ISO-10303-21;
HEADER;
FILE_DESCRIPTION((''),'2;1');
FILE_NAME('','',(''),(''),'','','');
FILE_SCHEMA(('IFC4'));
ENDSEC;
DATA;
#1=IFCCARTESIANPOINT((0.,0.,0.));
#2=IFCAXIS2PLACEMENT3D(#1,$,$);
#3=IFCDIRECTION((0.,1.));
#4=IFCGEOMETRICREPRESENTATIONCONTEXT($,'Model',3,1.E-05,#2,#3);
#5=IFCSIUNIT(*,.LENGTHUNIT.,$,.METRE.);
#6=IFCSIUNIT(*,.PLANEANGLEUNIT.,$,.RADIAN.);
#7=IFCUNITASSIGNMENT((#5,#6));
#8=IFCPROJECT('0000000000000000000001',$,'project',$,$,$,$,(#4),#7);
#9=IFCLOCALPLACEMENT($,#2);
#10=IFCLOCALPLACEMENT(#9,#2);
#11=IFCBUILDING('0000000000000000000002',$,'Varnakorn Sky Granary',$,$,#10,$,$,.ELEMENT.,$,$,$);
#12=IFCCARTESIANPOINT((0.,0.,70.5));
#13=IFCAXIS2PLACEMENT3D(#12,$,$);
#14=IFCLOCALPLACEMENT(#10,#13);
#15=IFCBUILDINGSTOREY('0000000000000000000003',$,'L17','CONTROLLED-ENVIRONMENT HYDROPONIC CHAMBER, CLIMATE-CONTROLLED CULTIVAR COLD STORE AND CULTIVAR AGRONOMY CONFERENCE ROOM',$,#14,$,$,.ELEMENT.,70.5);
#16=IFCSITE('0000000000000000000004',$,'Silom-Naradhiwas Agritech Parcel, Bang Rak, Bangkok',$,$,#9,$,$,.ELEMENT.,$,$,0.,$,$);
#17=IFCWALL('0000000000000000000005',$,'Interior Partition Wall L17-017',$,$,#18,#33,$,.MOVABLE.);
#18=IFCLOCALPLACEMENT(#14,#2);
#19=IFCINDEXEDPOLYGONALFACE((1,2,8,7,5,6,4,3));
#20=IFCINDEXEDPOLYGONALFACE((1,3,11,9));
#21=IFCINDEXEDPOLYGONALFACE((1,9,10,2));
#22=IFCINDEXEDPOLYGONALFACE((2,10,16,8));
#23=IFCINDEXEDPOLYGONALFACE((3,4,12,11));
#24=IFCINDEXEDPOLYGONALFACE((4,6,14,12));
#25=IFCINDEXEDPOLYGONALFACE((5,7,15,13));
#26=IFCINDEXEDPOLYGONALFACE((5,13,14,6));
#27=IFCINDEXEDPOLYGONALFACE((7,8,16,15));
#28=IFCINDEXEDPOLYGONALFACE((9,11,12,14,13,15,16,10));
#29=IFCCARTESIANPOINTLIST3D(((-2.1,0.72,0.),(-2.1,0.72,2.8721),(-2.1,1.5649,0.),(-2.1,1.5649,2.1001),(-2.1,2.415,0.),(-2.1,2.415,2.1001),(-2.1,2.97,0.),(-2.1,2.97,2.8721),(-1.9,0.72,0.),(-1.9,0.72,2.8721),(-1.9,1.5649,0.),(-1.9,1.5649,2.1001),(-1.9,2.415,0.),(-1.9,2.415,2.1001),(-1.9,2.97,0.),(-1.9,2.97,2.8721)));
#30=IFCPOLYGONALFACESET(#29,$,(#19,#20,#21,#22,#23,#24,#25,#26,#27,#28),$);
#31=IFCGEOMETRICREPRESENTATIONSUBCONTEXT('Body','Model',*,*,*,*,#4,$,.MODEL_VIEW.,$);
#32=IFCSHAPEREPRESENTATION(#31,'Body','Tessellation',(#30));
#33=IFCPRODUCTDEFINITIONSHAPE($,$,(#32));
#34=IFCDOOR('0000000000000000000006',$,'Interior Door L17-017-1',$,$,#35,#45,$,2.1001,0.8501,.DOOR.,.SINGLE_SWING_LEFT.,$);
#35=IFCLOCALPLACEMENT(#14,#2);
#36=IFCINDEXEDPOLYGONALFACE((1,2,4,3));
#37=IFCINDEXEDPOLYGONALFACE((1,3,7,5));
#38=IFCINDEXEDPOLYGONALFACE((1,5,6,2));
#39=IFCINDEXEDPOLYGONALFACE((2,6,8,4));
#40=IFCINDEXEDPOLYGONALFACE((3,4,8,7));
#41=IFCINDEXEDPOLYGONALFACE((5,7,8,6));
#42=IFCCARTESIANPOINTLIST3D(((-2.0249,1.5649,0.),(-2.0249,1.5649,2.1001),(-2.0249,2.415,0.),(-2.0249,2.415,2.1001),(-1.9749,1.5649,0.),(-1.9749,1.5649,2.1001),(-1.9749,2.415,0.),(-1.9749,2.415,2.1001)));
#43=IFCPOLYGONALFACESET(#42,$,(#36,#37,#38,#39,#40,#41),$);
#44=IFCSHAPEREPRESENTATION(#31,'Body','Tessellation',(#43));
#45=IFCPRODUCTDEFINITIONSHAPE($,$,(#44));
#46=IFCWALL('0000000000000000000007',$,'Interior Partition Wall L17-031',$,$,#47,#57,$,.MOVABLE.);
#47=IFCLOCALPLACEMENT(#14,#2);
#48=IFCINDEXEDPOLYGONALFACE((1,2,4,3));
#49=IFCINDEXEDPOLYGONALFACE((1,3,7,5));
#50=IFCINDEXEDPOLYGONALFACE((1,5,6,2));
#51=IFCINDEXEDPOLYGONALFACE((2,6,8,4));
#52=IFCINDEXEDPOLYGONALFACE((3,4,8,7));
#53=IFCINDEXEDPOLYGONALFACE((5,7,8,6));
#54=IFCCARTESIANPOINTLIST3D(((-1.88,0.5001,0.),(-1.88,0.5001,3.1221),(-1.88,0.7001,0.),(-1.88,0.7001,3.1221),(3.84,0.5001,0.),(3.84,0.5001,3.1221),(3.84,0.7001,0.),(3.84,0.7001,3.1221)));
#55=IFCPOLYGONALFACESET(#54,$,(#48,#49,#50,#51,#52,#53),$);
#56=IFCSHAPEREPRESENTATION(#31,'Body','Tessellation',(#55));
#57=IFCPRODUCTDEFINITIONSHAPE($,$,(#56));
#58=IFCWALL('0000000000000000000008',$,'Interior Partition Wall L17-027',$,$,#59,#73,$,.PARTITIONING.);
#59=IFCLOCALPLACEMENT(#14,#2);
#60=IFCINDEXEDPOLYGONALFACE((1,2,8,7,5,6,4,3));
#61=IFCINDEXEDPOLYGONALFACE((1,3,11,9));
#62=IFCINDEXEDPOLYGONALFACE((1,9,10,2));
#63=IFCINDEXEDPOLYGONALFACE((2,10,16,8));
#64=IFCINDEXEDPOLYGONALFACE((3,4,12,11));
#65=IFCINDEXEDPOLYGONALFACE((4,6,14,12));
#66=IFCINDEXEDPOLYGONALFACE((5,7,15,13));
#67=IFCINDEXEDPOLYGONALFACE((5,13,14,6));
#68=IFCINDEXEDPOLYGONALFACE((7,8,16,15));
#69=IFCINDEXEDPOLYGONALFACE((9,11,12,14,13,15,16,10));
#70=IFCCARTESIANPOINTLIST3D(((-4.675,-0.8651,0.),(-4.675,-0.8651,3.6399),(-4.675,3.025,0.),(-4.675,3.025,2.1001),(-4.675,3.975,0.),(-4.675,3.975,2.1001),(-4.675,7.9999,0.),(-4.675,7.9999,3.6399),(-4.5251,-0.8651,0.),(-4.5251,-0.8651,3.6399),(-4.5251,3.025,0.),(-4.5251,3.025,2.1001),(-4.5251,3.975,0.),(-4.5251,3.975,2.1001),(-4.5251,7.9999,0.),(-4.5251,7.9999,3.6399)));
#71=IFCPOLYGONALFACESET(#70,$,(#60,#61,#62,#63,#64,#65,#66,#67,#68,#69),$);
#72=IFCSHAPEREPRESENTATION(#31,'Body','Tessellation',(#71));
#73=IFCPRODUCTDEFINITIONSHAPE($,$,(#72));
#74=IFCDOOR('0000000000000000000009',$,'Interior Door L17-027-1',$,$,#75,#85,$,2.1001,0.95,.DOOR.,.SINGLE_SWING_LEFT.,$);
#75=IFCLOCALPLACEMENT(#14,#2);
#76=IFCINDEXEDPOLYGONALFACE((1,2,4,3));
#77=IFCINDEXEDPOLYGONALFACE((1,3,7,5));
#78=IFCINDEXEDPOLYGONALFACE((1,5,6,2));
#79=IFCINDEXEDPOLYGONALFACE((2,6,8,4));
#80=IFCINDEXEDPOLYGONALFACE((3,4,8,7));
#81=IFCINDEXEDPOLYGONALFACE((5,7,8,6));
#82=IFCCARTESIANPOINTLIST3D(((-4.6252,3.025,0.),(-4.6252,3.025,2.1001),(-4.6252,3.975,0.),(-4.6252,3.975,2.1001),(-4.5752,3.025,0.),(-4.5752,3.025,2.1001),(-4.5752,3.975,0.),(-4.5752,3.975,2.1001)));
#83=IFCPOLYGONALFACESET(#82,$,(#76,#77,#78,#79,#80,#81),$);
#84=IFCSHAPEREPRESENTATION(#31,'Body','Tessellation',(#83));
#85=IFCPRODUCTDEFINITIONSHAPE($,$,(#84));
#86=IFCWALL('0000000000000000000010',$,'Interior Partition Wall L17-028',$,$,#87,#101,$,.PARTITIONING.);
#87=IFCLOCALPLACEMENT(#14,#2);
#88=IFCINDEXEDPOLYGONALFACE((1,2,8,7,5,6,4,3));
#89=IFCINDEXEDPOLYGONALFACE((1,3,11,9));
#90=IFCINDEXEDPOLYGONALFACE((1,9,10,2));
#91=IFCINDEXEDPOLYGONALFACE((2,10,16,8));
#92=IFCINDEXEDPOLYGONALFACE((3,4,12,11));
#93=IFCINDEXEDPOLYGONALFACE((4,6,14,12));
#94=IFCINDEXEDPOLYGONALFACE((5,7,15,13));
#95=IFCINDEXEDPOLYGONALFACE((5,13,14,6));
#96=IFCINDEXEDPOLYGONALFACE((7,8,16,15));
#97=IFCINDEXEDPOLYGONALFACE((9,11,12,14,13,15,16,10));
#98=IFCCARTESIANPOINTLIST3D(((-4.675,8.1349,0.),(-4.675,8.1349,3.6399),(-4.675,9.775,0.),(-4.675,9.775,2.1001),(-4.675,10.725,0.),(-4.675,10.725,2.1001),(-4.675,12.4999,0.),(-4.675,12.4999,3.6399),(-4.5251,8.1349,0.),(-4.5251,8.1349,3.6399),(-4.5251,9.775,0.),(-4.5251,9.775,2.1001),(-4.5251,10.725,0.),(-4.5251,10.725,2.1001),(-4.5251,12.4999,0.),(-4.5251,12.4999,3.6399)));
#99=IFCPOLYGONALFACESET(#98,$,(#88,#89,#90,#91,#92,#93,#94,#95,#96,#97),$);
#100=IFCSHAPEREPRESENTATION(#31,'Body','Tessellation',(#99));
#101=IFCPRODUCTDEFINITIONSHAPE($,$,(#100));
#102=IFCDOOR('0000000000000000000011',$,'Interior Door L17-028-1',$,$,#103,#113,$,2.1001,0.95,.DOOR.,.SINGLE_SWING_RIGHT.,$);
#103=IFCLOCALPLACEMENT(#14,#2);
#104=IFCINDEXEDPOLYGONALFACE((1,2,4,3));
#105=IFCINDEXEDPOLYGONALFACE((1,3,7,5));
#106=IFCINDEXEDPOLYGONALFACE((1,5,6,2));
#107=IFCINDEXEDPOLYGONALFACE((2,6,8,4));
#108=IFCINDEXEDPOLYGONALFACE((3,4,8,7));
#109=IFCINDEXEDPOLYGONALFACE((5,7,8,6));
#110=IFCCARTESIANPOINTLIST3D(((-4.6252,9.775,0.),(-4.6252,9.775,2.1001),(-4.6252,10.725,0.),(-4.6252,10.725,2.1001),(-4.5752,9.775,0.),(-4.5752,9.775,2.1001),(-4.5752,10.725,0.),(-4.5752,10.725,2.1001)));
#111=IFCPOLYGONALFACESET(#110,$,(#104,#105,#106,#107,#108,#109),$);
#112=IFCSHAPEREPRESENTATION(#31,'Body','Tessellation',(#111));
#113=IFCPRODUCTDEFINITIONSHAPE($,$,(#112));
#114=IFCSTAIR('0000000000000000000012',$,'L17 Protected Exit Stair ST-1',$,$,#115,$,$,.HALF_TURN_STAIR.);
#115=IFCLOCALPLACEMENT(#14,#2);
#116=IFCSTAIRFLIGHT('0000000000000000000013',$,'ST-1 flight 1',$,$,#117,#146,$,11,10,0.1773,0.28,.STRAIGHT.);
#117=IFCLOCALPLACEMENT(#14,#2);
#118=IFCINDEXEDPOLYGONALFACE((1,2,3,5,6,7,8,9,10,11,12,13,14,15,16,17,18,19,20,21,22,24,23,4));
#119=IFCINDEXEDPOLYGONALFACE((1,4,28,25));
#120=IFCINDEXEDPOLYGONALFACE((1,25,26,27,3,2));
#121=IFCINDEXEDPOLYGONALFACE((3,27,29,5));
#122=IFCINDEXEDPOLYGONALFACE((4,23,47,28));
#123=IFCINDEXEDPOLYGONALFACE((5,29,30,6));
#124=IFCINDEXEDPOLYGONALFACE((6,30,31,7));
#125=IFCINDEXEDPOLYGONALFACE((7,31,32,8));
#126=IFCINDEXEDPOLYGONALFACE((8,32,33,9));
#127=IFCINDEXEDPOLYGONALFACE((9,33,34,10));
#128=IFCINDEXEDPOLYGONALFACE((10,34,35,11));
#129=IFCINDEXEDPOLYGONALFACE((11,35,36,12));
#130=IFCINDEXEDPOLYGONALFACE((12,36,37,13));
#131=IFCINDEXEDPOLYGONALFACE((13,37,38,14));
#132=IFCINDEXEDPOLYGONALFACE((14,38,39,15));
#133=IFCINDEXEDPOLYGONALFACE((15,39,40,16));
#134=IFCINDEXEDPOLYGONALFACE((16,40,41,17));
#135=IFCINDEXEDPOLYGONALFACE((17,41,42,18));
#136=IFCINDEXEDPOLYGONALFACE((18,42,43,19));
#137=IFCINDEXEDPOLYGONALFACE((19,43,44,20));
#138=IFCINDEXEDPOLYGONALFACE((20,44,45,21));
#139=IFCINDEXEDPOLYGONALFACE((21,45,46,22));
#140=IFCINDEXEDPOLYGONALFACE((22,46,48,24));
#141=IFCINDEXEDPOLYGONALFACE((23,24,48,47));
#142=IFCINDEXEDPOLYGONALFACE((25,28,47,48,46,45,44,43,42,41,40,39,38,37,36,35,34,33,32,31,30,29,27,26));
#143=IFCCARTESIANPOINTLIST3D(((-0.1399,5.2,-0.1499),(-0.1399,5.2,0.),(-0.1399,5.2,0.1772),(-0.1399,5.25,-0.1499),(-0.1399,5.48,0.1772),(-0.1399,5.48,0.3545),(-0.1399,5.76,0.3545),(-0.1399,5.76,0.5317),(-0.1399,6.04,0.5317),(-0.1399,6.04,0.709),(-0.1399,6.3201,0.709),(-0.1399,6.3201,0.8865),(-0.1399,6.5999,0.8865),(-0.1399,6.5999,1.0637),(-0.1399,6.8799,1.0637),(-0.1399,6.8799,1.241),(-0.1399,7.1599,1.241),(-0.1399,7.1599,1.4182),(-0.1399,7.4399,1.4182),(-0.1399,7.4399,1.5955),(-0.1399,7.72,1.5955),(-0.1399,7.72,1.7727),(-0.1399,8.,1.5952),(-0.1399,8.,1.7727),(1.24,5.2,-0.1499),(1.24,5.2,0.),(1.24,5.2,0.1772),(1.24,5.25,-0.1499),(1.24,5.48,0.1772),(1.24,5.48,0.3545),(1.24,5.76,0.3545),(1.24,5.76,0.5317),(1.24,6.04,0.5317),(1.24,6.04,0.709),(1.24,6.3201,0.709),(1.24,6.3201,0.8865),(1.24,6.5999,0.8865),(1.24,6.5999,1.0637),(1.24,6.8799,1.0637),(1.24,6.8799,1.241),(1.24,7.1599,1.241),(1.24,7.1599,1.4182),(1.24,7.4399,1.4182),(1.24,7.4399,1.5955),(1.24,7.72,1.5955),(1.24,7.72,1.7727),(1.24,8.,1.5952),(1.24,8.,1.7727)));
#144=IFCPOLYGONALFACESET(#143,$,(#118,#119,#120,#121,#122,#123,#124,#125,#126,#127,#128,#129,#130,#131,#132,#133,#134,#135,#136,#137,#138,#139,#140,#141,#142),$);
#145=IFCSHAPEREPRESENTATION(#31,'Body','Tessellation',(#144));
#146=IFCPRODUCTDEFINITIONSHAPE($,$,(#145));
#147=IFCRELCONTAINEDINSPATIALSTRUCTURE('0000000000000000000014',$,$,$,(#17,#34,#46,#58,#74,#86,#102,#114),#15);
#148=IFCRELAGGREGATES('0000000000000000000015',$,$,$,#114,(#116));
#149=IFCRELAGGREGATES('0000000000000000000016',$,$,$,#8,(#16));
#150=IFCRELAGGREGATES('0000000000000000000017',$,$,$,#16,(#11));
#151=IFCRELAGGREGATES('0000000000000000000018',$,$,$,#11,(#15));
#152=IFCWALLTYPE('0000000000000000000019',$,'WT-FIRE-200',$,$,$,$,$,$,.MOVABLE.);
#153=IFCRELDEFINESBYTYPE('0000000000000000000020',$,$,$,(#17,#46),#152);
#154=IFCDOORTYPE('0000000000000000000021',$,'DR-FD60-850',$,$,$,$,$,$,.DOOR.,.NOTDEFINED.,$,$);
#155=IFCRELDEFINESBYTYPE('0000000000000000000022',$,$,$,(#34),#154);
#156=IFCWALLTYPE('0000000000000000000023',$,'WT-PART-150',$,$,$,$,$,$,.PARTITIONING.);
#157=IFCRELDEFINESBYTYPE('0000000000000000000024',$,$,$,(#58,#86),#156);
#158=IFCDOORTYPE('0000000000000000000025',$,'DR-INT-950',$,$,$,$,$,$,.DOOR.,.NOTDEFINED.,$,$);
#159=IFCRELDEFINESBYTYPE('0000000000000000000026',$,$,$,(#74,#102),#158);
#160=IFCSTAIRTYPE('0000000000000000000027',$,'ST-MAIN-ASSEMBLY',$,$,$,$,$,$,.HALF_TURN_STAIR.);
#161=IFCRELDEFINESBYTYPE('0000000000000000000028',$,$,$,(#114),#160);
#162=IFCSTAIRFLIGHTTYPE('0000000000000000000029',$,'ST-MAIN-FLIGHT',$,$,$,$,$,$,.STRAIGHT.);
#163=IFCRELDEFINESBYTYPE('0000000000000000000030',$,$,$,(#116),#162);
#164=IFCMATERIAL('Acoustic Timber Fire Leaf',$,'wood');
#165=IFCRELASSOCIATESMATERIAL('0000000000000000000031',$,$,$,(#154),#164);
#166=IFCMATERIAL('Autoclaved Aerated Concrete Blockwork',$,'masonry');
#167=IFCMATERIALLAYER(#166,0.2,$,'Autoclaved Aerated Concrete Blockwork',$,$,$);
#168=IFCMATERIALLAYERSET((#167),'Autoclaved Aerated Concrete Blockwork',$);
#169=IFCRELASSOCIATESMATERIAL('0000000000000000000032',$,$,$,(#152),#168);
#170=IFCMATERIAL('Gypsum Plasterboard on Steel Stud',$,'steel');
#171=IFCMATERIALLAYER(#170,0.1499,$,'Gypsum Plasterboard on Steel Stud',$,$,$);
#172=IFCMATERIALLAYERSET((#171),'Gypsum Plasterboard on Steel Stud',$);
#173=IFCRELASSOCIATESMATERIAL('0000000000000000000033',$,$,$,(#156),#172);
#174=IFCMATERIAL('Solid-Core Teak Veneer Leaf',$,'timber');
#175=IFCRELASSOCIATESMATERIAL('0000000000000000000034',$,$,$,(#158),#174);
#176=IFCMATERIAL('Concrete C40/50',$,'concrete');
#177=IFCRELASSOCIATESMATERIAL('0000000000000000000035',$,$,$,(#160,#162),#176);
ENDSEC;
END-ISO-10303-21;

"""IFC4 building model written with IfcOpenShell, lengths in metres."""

from ifc_helpers import new_model, si_unit, direction, frame, frame_2d, origin, place, context, subcontext, project, spatial, polyline, rectangle, outline, extrude, material, layer, layer_set, type_object, element, fill, aggregate, save


model = new_model("IFC4")

# Units and contexts
model_context = context("Model", 3, precision=1e-05, world=origin(), true_north=direction((0.0, 1.0)))
body_context = subcontext(model_context, "Body", "Model", "MODEL_VIEW")
ifc_project = project(units=[si_unit("LENGTHUNIT", "METRE"), si_unit("PLANEANGLEUNIT", "RADIAN")], contexts=[model_context])

# Site, building, storey
site_placement = place(None, origin())
site = spatial("IfcSite", under=ifc_project, at=site_placement, Name="Silom-Naradhiwas Agritech Parcel, Bang Rak, Bangkok", CompositionType="ELEMENT", RefElevation=0.0)
building_placement = place(site_placement, origin())
building = spatial("IfcBuilding", under=site, at=building_placement, Name="Varnakorn Sky Granary", CompositionType="ELEMENT")
storey_placement = place(building_placement, frame((0.0, 0.0, 70.5)))
storey = spatial("IfcBuildingStorey", under=building, at=storey_placement, Name="L17", Description="CONTROLLED-ENVIRONMENT HYDROPONIC CHAMBER, CLIMATE-CONTROLLED CULTIVAR COLD STORE AND CULTIVAR AGRONOMY CONFERENCE ROOM", CompositionType="ELEMENT", Elevation=70.5)

# Shared definitions
ifc_material_1 = material(Name="Acoustic Timber Fire Leaf", Category="wood")
door_type_1 = type_object("IfcDoorType", Name="DR-FD60-850", OperationType="NOTDEFINED", PredefinedType="DOOR", material=ifc_material_1)

# Wall, opening, door
ifc_material_2 = material(Name="Autoclaved Aerated Concrete Blockwork", Category="masonry")
ifc_layer_1 = layer(ifc_material_2, 0.2, Name="Autoclaved Aerated Concrete Blockwork")
ifc_layer_set_1 = layer_set([ifc_layer_1], Name="Autoclaved Aerated Concrete Blockwork")
wall_type_1 = type_object("IfcWallType", Name="WT-FIRE-200", PredefinedType="MOVABLE", material=ifc_layer_set_1)
wall_1_placement = place(storey_placement, frame((-2.0, 0.72, 0.0), z_axis=(0.0, 0.0, 1.0), x_axis=(0.0, 1.0, 0.0)))
wall_1 = element("IfcWall", 1, at=wall_1_placement, inside=storey, type_object=wall_type_1, Name="Interior Partition Wall L17-017", PredefinedType="MOVABLE", context=body_context, shape_type="SweptSolid", body=[
    extrude(rectangle(XDim=2.25, YDim=0.2, at=frame_2d((1.125, 0.0))), origin(), (0.0, 0.0, 1.0), 2.8721),
])
opening_1_placement = place(wall_1_placement, frame((0.845, 0.0, 0.0)))
opening_1 = element("IfcOpeningElement", 2, at=opening_1_placement, cuts=wall_1, PredefinedType="OPENING", context=body_context, shape_type="SweptSolid", body=[
    extrude(rectangle(XDim=0.8501, YDim=2.1001, at=frame_2d((0.425, 1.05))), frame((0.0, 0.1099, 0.0), z_axis=(0.0, -1.0, 0.0), x_axis=(1.0, 0.0, 0.0)), (0.0, 0.0, 1.0), 0.22),
])
door_1_placement = place(opening_1_placement, origin())
door_1 = element("IfcDoor", 3, at=door_1_placement, inside=storey, type_object=door_type_1, Name="Interior Door L17-017-1", OperationType="SINGLE_SWING_LEFT", OverallHeight=2.1001, OverallWidth=0.8501, PredefinedType="DOOR", context=body_context, shape_type="SweptSolid", body=[
    extrude(rectangle(XDim=0.8501, YDim=2.1001, at=frame_2d((0.425, 1.05))), frame((0.0, 0.0249, 0.0), z_axis=(0.0, -1.0, 0.0), x_axis=(1.0, 0.0, 0.0)), (0.0, 0.0, 1.0), 0.05),
])
fill(opening_1, door_1)

# Wall
wall_2_placement = place(storey_placement, frame((-1.8799, 0.6001, 0.0), z_axis=(0.0, 0.0, 1.0), x_axis=(1.0, 0.0, 0.0)))
element("IfcWall", 4, at=wall_2_placement, inside=storey, type_object=wall_type_1, Name="Interior Partition Wall L17-031", PredefinedType="MOVABLE", context=body_context, shape_type="SweptSolid", body=[
    extrude(rectangle(XDim=5.72, YDim=0.2, at=frame_2d((2.8599, 0.0))), origin(), (0.0, 0.0, 1.0), 3.1221),
])

# Walls, openings, doors
ifc_material_3 = material(Name="Gypsum Plasterboard on Steel Stud", Category="steel")
ifc_layer_2 = layer(ifc_material_3, 0.1499, Name="Gypsum Plasterboard on Steel Stud")
ifc_layer_set_2 = layer_set([ifc_layer_2], Name="Gypsum Plasterboard on Steel Stud")
wall_type_2 = type_object("IfcWallType", Name="WT-PART-150", PredefinedType="PARTITIONING", material=ifc_layer_set_2)
wall_3_placement = place(storey_placement, frame((-4.6001, 8.0, 0.0), z_axis=(0.0, 0.0, 1.0), x_axis=(0.0, -1.0, 0.0)))
wall_3 = element("IfcWall", 5, at=wall_3_placement, inside=storey, type_object=wall_type_2, Name="Interior Partition Wall L17-027", PredefinedType="PARTITIONING", context=body_context, shape_type="SweptSolid", body=[
    extrude(rectangle(XDim=8.865, YDim=0.1499, at=frame_2d((4.4326, 0.0))), origin(), (0.0, 0.0, 1.0), 3.6399),
])
opening_2_placement = place(wall_3_placement, frame((4.0249, 0.0, 0.0)))
opening_2 = element("IfcOpeningElement", 6, at=opening_2_placement, cuts=wall_3, PredefinedType="OPENING", context=body_context, shape_type="SweptSolid", body=[
    extrude(rectangle(XDim=0.95, YDim=2.1001, at=frame_2d((0.4751, 1.05))), frame((0.0, 0.085, 0.0), z_axis=(0.0, -1.0, 0.0), x_axis=(1.0, 0.0, 0.0)), (0.0, 0.0, 1.0), 0.1699),
])
ifc_material_4 = material(Name="Solid-Core Teak Veneer Leaf", Category="timber")
door_type_2 = type_object("IfcDoorType", Name="DR-INT-950", OperationType="NOTDEFINED", PredefinedType="DOOR", material=ifc_material_4)
door_2_placement = place(opening_2_placement, origin())
door_2 = element("IfcDoor", 7, at=door_2_placement, inside=storey, type_object=door_type_2, Name="Interior Door L17-027-1", OperationType="SINGLE_SWING_LEFT", OverallHeight=2.1001, OverallWidth=0.95, PredefinedType="DOOR", context=body_context, shape_type="SweptSolid", body=[
    extrude(rectangle(XDim=0.95, YDim=2.1001, at=frame_2d((0.4751, 1.05))), frame((0.0, 0.0249, 0.0), z_axis=(0.0, -1.0, 0.0), x_axis=(1.0, 0.0, 0.0)), (0.0, 0.0, 1.0), 0.05),
])
fill(opening_2, door_2)
wall_4_placement = place(storey_placement, frame((-4.6001, 12.5, 0.0), z_axis=(0.0, 0.0, 1.0), x_axis=(0.0, -1.0, 0.0)))
wall_4 = element("IfcWall", 8, at=wall_4_placement, inside=storey, type_object=wall_type_2, Name="Interior Partition Wall L17-028", PredefinedType="PARTITIONING", context=body_context, shape_type="SweptSolid", body=[
    extrude(rectangle(XDim=4.365, YDim=0.1499, at=frame_2d((2.1826, 0.0))), origin(), (0.0, 0.0, 1.0), 3.6399),
])
opening_3_placement = place(wall_4_placement, frame((1.7749, 0.0, 0.0)))
opening_3 = element("IfcOpeningElement", 9, at=opening_3_placement, cuts=wall_4, PredefinedType="OPENING", context=body_context, shape_type="SweptSolid", body=[
    extrude(rectangle(XDim=0.95, YDim=2.1001, at=frame_2d((0.4751, 1.05))), frame((0.0, 0.085, 0.0), z_axis=(0.0, -1.0, 0.0), x_axis=(1.0, 0.0, 0.0)), (0.0, 0.0, 1.0), 0.1699),
])
door_3_placement = place(opening_3_placement, origin())
door_3 = element("IfcDoor", 10, at=door_3_placement, inside=storey, type_object=door_type_2, Name="Interior Door L17-028-1", OperationType="SINGLE_SWING_RIGHT", OverallHeight=2.1001, OverallWidth=0.95, PredefinedType="DOOR", context=body_context, shape_type="SweptSolid", body=[
    extrude(rectangle(XDim=0.95, YDim=2.1001, at=frame_2d((0.4751, 1.05))), frame((0.0, 0.0249, 0.0), z_axis=(0.0, -1.0, 0.0), x_axis=(1.0, 0.0, 0.0)), (0.0, 0.0, 1.0), 0.05),
])
fill(opening_3, door_3)

# Stair, stair flight
ifc_material_5 = material(Name="Concrete C40/50", Category="concrete")
stair_type = type_object("IfcStairType", Name="ST-MAIN-ASSEMBLY", PredefinedType="HALF_TURN_STAIR", material=ifc_material_5)
stair_placement = place(storey_placement, origin())
stair = element("IfcStair", 11, at=stair_placement, inside=storey, type_object=stair_type, Name="L17 Protected Exit Stair ST-1", PredefinedType="HALF_TURN_STAIR")
stair_flight_type = type_object("IfcStairFlightType", Name="ST-MAIN-FLIGHT", PredefinedType="STRAIGHT", material=ifc_material_5)
stair_flight_1_placement = place(storey_placement, frame((0.55, 5.2, 0.0), z_axis=(0.0, 0.0, 1.0), x_axis=(0.0, 1.0, 0.0)))
stair_flight_1 = element("IfcStairFlight", 12, at=stair_flight_1_placement, type_object=stair_flight_type, Name="ST-1 flight 1", NumberOfRisers=11, NumberOfTreads=10, PredefinedType="STRAIGHT", RiserHeight=0.1773, TreadLength=0.28, context=body_context, shape_type="SweptSolid", body=[
    extrude(outline(polyline([(0.0, -0.1499), (0.0, 0.0), (0.0, 0.1772), (0.28, 0.1772), (0.28, 0.3545), (0.5601, 0.3545), (0.5601, 0.5317), (0.8401, 0.5317), (0.8401, 0.709), (1.1201, 0.709), (1.1201, 0.8865), (1.3999, 0.8865), (1.3999, 1.0637), (1.6799, 1.0637), (1.6799, 1.241), (1.96, 1.241), (1.96, 1.4182), (2.24, 1.4182), (2.24, 1.5955), (2.52, 1.5955), (2.52, 1.7727), (2.8, 1.7727), (2.8, 1.95), (2.8, 1.5952), (0.05, -0.1499), (0.0, -0.1499)])), frame((0.0, 0.6899, 0.0), z_axis=(0.0, -1.0, 0.0), x_axis=(1.0, 0.0, 0.0)), (0.0, 0.0, 1.0), 1.3799),
])
aggregate(stair, [stair_flight_1])

save(model, "model.ifc")
